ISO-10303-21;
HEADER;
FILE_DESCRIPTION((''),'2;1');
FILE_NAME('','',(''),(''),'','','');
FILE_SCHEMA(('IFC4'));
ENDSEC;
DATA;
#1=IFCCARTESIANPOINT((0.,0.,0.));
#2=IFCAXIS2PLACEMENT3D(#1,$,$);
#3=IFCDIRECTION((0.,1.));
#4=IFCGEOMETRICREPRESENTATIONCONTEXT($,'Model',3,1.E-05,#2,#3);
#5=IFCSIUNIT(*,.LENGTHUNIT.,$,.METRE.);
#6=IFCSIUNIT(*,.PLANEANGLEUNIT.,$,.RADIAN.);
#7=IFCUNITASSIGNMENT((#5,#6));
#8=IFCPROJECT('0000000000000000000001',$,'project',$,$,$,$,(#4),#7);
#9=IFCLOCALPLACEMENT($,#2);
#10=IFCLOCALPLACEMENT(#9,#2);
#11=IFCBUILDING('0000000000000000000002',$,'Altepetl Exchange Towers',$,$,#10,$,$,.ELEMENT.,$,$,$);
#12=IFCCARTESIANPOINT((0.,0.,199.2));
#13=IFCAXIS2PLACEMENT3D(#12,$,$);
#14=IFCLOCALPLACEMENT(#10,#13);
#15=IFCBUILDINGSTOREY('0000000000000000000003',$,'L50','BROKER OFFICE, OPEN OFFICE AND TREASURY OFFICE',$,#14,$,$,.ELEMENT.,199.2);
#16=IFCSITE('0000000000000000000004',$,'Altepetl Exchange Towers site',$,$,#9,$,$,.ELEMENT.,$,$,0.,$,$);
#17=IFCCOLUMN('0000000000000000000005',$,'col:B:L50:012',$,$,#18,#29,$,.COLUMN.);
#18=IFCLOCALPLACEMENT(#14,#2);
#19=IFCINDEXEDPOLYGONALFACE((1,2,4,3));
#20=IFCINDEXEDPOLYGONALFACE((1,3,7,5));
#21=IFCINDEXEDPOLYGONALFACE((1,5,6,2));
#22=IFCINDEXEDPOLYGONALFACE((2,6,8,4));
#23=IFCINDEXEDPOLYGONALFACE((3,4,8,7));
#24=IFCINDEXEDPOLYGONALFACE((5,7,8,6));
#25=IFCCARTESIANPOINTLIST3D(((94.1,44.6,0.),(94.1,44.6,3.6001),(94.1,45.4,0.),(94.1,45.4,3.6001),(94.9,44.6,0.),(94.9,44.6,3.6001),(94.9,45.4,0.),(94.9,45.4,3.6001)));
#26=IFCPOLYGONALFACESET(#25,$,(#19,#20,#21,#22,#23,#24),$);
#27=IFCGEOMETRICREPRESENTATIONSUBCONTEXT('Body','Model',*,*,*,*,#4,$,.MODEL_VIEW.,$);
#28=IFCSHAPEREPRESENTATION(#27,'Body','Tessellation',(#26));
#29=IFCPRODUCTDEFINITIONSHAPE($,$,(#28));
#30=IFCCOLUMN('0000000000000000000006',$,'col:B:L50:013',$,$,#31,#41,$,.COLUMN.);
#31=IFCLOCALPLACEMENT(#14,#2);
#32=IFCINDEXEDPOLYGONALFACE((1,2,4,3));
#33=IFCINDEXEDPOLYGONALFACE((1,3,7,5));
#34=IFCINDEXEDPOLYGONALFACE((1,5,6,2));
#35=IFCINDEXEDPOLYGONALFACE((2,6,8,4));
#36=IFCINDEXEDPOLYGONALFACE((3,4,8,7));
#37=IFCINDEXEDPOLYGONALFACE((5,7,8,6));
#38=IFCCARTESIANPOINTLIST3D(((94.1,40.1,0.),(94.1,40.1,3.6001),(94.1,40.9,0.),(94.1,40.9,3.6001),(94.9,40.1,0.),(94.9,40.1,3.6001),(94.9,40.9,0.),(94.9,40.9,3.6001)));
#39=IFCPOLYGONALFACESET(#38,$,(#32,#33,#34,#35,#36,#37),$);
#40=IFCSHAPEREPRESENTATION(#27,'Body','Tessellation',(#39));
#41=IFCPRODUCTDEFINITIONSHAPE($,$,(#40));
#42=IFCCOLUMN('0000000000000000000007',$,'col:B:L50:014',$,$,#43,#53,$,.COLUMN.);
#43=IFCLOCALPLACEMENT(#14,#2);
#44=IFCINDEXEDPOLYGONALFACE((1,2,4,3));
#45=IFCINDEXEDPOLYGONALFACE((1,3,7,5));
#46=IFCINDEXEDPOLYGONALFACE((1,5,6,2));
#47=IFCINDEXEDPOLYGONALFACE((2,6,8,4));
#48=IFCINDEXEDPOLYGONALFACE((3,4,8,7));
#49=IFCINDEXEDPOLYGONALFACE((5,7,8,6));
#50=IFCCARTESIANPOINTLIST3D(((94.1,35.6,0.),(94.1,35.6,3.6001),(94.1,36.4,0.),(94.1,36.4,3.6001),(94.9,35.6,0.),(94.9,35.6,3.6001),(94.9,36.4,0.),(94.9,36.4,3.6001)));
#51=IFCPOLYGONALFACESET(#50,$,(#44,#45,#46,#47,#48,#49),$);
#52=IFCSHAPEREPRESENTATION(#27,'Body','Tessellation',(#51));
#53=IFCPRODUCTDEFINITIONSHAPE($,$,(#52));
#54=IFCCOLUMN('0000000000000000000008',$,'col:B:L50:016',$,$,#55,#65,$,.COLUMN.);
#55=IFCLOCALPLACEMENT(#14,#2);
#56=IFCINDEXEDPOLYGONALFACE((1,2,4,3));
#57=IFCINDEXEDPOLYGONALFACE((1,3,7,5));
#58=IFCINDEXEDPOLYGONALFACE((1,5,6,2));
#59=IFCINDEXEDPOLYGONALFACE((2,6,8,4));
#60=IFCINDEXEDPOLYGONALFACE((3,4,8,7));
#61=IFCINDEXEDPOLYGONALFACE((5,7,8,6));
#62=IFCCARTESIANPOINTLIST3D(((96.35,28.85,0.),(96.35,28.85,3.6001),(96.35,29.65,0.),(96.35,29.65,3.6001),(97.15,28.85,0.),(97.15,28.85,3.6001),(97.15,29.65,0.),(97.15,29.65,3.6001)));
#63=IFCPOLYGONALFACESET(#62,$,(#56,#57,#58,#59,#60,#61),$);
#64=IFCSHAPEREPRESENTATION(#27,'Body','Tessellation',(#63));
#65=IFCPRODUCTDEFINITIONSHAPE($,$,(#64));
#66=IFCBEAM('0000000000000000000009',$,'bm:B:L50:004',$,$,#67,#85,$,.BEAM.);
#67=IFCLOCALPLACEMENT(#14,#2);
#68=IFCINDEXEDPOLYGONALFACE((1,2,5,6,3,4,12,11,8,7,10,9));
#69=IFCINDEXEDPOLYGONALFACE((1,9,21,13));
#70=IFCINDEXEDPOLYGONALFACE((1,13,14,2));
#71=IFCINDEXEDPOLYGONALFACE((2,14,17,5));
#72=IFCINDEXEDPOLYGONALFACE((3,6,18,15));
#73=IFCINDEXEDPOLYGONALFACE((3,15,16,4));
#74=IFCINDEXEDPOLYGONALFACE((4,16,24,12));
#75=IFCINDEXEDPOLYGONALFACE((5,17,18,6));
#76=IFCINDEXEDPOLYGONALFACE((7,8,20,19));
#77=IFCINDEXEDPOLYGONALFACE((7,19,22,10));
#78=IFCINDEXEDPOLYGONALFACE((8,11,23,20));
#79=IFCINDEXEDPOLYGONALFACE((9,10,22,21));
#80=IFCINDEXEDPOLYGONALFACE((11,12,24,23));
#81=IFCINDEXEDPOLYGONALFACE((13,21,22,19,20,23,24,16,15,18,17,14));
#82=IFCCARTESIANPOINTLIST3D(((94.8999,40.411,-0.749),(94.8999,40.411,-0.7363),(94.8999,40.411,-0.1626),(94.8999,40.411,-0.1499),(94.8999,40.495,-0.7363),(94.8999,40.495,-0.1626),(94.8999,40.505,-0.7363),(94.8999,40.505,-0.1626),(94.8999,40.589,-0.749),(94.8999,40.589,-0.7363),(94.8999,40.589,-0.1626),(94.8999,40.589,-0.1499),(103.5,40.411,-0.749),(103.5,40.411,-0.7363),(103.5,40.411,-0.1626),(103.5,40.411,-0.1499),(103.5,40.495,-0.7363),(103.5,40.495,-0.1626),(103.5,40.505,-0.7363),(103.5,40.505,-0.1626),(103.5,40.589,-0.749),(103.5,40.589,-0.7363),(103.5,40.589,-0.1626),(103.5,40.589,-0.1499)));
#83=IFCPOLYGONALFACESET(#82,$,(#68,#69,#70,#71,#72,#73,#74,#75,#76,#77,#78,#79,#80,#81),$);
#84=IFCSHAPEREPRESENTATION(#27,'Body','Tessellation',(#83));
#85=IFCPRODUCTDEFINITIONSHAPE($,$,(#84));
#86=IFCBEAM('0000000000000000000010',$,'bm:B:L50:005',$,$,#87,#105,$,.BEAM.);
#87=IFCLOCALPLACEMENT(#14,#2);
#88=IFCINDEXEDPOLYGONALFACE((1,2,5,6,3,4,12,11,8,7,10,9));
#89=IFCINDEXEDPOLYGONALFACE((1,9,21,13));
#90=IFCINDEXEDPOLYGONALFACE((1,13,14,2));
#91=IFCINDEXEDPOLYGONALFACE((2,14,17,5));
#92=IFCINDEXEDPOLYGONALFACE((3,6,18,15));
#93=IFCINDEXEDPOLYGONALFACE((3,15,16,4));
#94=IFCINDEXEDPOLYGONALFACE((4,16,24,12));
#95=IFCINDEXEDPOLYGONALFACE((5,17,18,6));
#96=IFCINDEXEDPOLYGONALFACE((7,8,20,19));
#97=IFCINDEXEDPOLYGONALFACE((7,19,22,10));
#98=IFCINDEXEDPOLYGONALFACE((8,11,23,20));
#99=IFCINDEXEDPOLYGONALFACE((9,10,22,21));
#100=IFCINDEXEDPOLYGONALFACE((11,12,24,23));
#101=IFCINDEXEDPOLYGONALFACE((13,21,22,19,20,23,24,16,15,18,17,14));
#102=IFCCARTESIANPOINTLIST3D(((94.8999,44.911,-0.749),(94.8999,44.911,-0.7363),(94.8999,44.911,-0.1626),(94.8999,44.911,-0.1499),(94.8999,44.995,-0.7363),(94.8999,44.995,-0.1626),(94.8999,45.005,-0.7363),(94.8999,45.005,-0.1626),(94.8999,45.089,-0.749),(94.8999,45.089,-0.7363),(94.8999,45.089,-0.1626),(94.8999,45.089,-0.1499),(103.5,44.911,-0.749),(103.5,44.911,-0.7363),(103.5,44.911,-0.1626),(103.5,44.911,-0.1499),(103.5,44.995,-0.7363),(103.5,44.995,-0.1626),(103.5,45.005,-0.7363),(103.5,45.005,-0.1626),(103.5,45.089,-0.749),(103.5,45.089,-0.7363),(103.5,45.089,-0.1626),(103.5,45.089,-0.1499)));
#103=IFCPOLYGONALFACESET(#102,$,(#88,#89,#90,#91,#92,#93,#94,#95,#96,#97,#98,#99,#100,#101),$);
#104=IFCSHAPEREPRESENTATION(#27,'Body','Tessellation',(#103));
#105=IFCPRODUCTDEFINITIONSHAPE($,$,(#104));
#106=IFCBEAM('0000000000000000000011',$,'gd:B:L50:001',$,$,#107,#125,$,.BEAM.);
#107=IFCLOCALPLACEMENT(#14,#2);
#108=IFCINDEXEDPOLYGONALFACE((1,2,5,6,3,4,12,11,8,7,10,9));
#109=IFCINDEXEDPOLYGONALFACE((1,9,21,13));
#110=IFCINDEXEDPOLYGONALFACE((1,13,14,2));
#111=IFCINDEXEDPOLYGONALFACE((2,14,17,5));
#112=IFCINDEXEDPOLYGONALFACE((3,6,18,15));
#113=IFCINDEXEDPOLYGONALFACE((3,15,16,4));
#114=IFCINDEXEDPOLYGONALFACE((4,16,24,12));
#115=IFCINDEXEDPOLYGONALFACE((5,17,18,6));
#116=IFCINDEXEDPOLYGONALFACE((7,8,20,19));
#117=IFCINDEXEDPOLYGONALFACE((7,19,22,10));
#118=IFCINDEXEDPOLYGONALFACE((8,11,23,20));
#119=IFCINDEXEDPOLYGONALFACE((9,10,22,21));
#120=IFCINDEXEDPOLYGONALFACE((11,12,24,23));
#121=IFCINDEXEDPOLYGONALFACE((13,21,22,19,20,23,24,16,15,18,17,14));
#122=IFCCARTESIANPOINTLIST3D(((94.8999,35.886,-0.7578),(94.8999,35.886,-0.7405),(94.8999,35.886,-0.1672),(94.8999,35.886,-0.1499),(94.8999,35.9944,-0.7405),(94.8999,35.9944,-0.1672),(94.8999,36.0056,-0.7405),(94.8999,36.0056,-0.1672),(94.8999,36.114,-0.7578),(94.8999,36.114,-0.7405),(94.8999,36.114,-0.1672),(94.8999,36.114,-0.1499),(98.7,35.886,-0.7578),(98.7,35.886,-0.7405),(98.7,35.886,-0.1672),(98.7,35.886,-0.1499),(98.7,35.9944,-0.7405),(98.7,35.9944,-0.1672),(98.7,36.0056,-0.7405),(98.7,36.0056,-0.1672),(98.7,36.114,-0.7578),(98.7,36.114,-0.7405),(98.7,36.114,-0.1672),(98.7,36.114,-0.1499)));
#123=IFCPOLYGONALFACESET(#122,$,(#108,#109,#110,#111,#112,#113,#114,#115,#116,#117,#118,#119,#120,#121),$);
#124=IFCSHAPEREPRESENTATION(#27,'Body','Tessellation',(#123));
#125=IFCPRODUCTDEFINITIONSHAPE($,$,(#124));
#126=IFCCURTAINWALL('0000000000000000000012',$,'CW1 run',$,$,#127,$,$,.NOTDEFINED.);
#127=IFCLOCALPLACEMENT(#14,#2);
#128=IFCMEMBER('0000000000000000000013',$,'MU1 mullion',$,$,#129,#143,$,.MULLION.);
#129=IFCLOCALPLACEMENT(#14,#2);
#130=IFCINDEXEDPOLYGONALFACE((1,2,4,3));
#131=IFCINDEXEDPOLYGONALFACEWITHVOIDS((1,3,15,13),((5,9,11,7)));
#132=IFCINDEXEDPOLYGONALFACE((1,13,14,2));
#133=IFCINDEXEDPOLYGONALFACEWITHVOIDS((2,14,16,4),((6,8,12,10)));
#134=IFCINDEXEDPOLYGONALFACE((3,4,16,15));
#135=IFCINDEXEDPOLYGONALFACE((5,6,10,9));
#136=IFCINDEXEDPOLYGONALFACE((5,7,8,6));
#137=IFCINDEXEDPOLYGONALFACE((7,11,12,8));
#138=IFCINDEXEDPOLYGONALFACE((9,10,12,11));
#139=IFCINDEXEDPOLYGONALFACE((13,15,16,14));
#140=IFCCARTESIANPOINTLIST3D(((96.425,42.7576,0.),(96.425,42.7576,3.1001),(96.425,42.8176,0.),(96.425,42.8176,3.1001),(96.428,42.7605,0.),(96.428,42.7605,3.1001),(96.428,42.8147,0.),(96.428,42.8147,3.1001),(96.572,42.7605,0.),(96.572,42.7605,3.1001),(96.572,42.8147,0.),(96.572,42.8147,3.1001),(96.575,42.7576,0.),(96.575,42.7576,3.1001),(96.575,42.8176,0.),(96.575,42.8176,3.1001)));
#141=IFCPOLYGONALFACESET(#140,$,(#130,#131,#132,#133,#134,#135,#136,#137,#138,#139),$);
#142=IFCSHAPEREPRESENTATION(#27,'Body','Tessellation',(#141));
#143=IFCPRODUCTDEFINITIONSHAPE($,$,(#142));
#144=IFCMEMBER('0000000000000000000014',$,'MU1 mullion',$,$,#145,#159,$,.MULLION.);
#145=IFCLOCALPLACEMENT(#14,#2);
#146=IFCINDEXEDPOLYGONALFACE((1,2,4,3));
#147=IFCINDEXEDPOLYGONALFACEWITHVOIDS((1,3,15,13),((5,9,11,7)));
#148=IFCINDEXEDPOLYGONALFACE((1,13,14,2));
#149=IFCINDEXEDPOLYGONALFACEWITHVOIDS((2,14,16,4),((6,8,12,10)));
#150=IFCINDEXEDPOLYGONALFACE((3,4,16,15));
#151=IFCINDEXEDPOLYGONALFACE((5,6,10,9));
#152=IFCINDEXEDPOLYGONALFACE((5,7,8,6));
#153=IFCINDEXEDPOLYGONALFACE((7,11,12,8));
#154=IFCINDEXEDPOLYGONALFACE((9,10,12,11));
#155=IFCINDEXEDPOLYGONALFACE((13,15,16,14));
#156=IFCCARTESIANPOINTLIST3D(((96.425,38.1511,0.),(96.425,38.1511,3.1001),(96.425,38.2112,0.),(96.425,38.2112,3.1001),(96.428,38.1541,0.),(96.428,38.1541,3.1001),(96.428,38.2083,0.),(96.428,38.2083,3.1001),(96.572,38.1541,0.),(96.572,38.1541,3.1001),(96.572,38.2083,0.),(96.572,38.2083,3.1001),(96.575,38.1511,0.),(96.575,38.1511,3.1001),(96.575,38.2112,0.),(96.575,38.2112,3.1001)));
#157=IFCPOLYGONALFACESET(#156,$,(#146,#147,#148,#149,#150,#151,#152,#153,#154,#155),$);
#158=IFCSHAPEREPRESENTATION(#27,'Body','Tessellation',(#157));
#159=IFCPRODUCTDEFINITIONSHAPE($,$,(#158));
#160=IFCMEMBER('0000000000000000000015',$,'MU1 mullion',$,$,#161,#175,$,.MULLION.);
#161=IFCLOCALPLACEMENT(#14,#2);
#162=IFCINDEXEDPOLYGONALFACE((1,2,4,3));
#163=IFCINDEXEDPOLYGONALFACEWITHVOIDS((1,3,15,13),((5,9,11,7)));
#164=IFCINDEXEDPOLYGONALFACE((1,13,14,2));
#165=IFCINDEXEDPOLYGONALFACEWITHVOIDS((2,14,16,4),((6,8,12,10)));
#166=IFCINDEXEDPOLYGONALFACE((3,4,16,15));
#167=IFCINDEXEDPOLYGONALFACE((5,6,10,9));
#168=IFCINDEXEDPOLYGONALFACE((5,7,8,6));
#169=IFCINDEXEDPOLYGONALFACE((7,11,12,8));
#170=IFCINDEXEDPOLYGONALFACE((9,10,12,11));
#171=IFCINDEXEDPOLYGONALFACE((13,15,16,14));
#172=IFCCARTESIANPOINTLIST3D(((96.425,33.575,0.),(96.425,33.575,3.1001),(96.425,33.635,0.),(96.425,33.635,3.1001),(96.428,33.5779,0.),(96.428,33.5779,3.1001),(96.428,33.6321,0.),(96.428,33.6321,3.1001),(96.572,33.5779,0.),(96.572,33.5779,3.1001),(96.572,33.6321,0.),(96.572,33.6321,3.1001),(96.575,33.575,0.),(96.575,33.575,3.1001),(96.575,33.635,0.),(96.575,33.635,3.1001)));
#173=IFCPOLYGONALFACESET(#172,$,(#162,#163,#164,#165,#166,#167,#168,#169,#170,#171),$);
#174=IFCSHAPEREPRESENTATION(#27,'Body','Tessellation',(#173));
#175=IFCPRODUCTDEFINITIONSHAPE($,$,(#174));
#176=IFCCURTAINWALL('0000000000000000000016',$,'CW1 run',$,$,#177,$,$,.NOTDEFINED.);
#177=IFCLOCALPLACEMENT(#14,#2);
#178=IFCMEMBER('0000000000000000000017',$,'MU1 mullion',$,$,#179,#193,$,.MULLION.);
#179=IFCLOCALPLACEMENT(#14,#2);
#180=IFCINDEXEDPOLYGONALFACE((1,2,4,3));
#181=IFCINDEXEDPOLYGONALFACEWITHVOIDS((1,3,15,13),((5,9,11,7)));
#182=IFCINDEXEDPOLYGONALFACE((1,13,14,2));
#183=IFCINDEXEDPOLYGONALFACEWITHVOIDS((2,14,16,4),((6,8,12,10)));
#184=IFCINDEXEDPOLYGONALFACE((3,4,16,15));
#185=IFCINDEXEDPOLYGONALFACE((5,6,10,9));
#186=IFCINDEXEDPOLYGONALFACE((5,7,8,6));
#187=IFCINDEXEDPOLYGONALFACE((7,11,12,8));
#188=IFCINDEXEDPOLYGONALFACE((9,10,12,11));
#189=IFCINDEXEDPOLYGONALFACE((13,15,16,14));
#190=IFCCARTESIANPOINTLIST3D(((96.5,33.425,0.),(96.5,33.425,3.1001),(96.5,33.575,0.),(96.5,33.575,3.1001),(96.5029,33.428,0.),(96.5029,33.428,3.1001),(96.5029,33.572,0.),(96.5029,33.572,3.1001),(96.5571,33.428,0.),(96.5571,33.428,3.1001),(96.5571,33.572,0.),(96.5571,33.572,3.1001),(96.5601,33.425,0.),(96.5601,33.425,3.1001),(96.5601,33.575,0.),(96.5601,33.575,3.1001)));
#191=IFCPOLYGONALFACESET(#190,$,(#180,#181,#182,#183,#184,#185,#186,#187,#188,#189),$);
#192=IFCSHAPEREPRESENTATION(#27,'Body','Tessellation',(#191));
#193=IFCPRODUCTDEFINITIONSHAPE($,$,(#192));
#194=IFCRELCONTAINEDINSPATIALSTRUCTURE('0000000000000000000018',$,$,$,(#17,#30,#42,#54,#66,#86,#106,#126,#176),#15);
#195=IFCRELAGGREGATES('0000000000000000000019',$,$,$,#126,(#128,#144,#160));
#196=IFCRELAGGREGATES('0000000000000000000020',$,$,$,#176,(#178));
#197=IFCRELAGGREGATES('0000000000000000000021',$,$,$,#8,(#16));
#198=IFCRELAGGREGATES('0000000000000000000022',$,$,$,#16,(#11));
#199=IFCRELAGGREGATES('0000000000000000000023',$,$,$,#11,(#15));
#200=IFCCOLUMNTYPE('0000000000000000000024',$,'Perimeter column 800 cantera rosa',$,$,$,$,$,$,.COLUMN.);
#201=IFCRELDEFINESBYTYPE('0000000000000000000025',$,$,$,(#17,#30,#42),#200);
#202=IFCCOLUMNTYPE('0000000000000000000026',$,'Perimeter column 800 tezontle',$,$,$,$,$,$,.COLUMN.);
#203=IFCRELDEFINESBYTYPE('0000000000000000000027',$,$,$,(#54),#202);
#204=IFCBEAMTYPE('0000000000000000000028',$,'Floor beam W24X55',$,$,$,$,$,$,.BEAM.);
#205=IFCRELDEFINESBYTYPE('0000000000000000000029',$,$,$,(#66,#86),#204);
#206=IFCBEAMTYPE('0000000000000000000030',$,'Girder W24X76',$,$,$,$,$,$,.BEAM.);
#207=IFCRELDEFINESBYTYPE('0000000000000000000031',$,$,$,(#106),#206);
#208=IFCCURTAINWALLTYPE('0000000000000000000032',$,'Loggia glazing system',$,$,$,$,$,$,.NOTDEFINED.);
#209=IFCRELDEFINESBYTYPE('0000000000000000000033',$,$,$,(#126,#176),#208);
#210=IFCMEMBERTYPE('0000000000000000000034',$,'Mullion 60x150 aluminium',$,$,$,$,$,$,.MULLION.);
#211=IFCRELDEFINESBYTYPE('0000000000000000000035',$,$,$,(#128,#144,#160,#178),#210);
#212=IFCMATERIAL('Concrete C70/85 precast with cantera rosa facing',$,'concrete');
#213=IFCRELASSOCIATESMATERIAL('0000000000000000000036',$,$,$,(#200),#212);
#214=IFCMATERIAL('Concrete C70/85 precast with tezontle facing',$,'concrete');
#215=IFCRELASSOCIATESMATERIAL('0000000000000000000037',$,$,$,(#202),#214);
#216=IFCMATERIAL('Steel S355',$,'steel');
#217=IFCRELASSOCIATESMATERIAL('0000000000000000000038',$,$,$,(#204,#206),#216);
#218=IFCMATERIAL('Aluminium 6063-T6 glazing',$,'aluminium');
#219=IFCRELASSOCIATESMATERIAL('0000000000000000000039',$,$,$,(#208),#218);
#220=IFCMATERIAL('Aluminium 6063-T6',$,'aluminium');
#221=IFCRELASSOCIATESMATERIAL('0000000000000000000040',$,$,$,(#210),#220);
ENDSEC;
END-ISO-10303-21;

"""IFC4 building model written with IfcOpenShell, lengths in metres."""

from ifc_helpers import new_model, si_unit, direction, frame, origin, origin_2d, place, context, subcontext, project, spatial, rectangle, hollow_rectangle, i_section, extrude, material, material_profile, profile_set, type_object, element, aggregate, save


model = new_model("IFC4")

# Units and contexts
model_context = context("Model", 3, precision=1e-05, world=origin(), true_north=direction((0.0, 1.0)))
body_context = subcontext(model_context, "Body", "Model", "MODEL_VIEW")
ifc_project = project(units=[si_unit("LENGTHUNIT", "METRE"), si_unit("PLANEANGLEUNIT", "RADIAN")], contexts=[model_context])

# Site, building, storey
site_placement = place(None, origin())
site = spatial("IfcSite", under=ifc_project, at=site_placement, Name="Altepetl Exchange Towers site", CompositionType="ELEMENT", RefElevation=0.0)
building_placement = place(site_placement, origin())
building = spatial("IfcBuilding", under=site, at=building_placement, Name="Altepetl Exchange Towers", CompositionType="ELEMENT")
storey_placement = place(building_placement, frame((0.0, 0.0, 199.2)))
storey = spatial("IfcBuildingStorey", under=building, at=storey_placement, Name="L50", Description="BROKER OFFICE, OPEN OFFICE AND TREASURY OFFICE", CompositionType="ELEMENT", Elevation=199.2)

# Columns
ifc_material_1 = material(Name="Concrete C70/85 precast with cantera rosa facing", Category="concrete")
ifc_material_profile_1 = material_profile(ifc_material_1, rectangle(XDim=0.8, YDim=0.8, at=origin_2d()), Name="800 x 800")
ifc_profile_set_1 = profile_set([ifc_material_profile_1], Name="Concrete C70/85 precast with cantera rosa facing")
column_type_1 = type_object("IfcColumnType", Name="Perimeter column 800 cantera rosa", PredefinedType="COLUMN", material=ifc_profile_set_1)
for number, where, name in (
    (1, (94.5, 45.0, 0.0), "col:B:L50:012"),
    (2, (94.5, 40.5, 0.0), "col:B:L50:013"),
    (3, (94.5, 36.0, 0.0), "col:B:L50:014"),
):
    element("IfcColumn", number, at=place(storey_placement, frame(where)), inside=storey, type_object=column_type_1, Name=name, PredefinedType="COLUMN", context=body_context, shape_type="SweptSolid", body=[
        extrude(rectangle(XDim=0.8, YDim=0.8, at=origin_2d()), origin(), (0.0, 0.0, 1.0), 3.6001),
    ])
ifc_material_2 = material(Name="Concrete C70/85 precast with tezontle facing", Category="concrete")
ifc_material_profile_2 = material_profile(ifc_material_2, rectangle(XDim=0.8, YDim=0.8, at=origin_2d()), Name="800 x 800")
ifc_profile_set_2 = profile_set([ifc_material_profile_2], Name="Concrete C70/85 precast with tezontle facing")
column_type_2 = type_object("IfcColumnType", Name="Perimeter column 800 tezontle", PredefinedType="COLUMN", material=ifc_profile_set_2)
column_placement = place(storey_placement, frame((96.75, 29.25, 0.0)))
element("IfcColumn", 4, at=column_placement, inside=storey, type_object=column_type_2, Name="col:B:L50:016", PredefinedType="COLUMN", context=body_context, shape_type="SweptSolid", body=[
    extrude(rectangle(XDim=0.8, YDim=0.8, at=origin_2d()), origin(), (0.0, 0.0, 1.0), 3.6001),
])

# Beams
ifc_material_3 = material(Name="Steel S355", Category="steel")
ifc_material_profile_3 = material_profile(ifc_material_3, i_section(OverallWidth=0.178, OverallDepth=0.5991, WebThickness=0.01, FlangeThickness=0.0127, at=origin_2d()), Name="W24X55")
ifc_profile_set_3 = profile_set([ifc_material_profile_3], Name="Steel S355")
beam_type_1 = type_object("IfcBeamType", Name="Floor beam W24X55", PredefinedType="BEAM", material=ifc_profile_set_3)
for number, where, z_axis, x_axis, name in (
    (5, (94.8999, 40.5, -0.4495), (1.0, 0.0, 0.0), (0.0, 1.0, 0.0), "bm:B:L50:004"),
    (6, (94.8999, 45.0, -0.4495), (1.0, 0.0, 0.0), (0.0, 1.0, 0.0), "bm:B:L50:005"),
):
    element("IfcBeam", number, at=place(storey_placement, frame(where, z_axis=z_axis, x_axis=x_axis)), inside=storey, type_object=beam_type_1, Name=name, PredefinedType="BEAM", context=body_context, shape_type="SweptSolid", body=[
        extrude(i_section(OverallWidth=0.178, OverallDepth=0.5991, WebThickness=0.01, FlangeThickness=0.0127, at=origin_2d()), origin(), (0.0, 0.0, 1.0), 8.6001),
    ])
ifc_material_profile_4 = material_profile(ifc_material_3, i_section(OverallWidth=0.228, OverallDepth=0.6079, WebThickness=0.0112, FlangeThickness=0.0173, at=origin_2d()), Name="W24X76")
ifc_profile_set_4 = profile_set([ifc_material_profile_4], Name="Steel S355")
beam_type_2 = type_object("IfcBeamType", Name="Girder W24X76", PredefinedType="BEAM", material=ifc_profile_set_4)
beam_1_placement = place(storey_placement, frame((98.7, 36.0, -0.4539), z_axis=(-1.0, 0.0, 0.0), x_axis=(0.0, -1.0, 0.0)))
element("IfcBeam", 7, at=beam_1_placement, inside=storey, type_object=beam_type_2, Name="gd:B:L50:001", PredefinedType="BEAM", context=body_context, shape_type="SweptSolid", body=[
    extrude(i_section(OverallWidth=0.228, OverallDepth=0.6079, WebThickness=0.0112, FlangeThickness=0.0173, at=origin_2d()), origin(), (0.0, 0.0, 1.0), 3.8),
])

# Curtain walls, members
ifc_material_4 = material(Name="Aluminium 6063-T6 glazing", Category="aluminium")
curtain_wall_type = type_object("IfcCurtainWallType", Name="Loggia glazing system", PredefinedType="NOTDEFINED", material=ifc_material_4)
curtain_wall_1_placement = place(storey_placement, origin())
curtain_wall_1 = element("IfcCurtainWall", 8, at=curtain_wall_1_placement, inside=storey, type_object=curtain_wall_type, Name="CW1 run", PredefinedType="NOTDEFINED")
ifc_material_5 = material(Name="Aluminium 6063-T6", Category="aluminium")
ifc_material_profile_5 = material_profile(ifc_material_5, hollow_rectangle(XDim=0.0601, YDim=0.1499, WallThickness=0.0029, at=origin_2d()), Name="Mullion 60x150 aluminium")
ifc_profile_set_5 = profile_set([ifc_material_profile_5], Name="Aluminium 6063-T6")
member_type = type_object("IfcMemberType", Name="Mullion 60x150 aluminium", PredefinedType="MULLION", material=ifc_profile_set_5)
member_1_placement = place(storey_placement, frame((96.5, 42.7876, 0.0), z_axis=(0.0, 0.0, 1.0), x_axis=(0.0, -1.0, 0.0)))
member_1 = element("IfcMember", 9, at=member_1_placement, type_object=member_type, Name="MU1 mullion", PredefinedType="MULLION", context=body_context, shape_type="SweptSolid", body=[
    extrude(hollow_rectangle(XDim=0.0601, YDim=0.1499, WallThickness=0.0029, at=origin_2d()), origin(), (0.0, 0.0, 1.0), 3.1001),
])
member_2_placement = place(storey_placement, frame((96.5, 38.1812, 0.0), z_axis=(0.0, 0.0, 1.0), x_axis=(0.0, -1.0, 0.0)))
member_2 = element("IfcMember", 10, at=member_2_placement, type_object=member_type, Name="MU1 mullion", PredefinedType="MULLION", context=body_context, shape_type="SweptSolid", body=[
    extrude(hollow_rectangle(XDim=0.0601, YDim=0.1499, WallThickness=0.0029, at=origin_2d()), origin(), (0.0, 0.0, 1.0), 3.1001),
])
member_3_placement = place(storey_placement, frame((96.5, 33.605, 0.0), z_axis=(0.0, 0.0, 1.0), x_axis=(0.0, -1.0, 0.0)))
member_3 = element("IfcMember", 11, at=member_3_placement, type_object=member_type, Name="MU1 mullion", PredefinedType="MULLION", context=body_context, shape_type="SweptSolid", body=[
    extrude(hollow_rectangle(XDim=0.0601, YDim=0.1499, WallThickness=0.0029, at=origin_2d()), origin(), (0.0, 0.0, 1.0), 3.1001),
])
curtain_wall_2_placement = place(storey_placement, origin())
curtain_wall_2 = element("IfcCurtainWall", 12, at=curtain_wall_2_placement, inside=storey, type_object=curtain_wall_type, Name="CW1 run", PredefinedType="NOTDEFINED")
member_4_placement = place(storey_placement, frame((96.53, 33.5, 0.0)))
member_4 = element("IfcMember", 13, at=member_4_placement, type_object=member_type, Name="MU1 mullion", PredefinedType="MULLION", context=body_context, shape_type="SweptSolid", body=[
    extrude(hollow_rectangle(XDim=0.0601, YDim=0.1499, WallThickness=0.0029, at=origin_2d()), origin(), (0.0, 0.0, 1.0), 3.1001),
])

aggregate(curtain_wall_1, [member_1, member_2, member_3])
aggregate(curtain_wall_2, [member_4])

save(model, "model.ifc")
